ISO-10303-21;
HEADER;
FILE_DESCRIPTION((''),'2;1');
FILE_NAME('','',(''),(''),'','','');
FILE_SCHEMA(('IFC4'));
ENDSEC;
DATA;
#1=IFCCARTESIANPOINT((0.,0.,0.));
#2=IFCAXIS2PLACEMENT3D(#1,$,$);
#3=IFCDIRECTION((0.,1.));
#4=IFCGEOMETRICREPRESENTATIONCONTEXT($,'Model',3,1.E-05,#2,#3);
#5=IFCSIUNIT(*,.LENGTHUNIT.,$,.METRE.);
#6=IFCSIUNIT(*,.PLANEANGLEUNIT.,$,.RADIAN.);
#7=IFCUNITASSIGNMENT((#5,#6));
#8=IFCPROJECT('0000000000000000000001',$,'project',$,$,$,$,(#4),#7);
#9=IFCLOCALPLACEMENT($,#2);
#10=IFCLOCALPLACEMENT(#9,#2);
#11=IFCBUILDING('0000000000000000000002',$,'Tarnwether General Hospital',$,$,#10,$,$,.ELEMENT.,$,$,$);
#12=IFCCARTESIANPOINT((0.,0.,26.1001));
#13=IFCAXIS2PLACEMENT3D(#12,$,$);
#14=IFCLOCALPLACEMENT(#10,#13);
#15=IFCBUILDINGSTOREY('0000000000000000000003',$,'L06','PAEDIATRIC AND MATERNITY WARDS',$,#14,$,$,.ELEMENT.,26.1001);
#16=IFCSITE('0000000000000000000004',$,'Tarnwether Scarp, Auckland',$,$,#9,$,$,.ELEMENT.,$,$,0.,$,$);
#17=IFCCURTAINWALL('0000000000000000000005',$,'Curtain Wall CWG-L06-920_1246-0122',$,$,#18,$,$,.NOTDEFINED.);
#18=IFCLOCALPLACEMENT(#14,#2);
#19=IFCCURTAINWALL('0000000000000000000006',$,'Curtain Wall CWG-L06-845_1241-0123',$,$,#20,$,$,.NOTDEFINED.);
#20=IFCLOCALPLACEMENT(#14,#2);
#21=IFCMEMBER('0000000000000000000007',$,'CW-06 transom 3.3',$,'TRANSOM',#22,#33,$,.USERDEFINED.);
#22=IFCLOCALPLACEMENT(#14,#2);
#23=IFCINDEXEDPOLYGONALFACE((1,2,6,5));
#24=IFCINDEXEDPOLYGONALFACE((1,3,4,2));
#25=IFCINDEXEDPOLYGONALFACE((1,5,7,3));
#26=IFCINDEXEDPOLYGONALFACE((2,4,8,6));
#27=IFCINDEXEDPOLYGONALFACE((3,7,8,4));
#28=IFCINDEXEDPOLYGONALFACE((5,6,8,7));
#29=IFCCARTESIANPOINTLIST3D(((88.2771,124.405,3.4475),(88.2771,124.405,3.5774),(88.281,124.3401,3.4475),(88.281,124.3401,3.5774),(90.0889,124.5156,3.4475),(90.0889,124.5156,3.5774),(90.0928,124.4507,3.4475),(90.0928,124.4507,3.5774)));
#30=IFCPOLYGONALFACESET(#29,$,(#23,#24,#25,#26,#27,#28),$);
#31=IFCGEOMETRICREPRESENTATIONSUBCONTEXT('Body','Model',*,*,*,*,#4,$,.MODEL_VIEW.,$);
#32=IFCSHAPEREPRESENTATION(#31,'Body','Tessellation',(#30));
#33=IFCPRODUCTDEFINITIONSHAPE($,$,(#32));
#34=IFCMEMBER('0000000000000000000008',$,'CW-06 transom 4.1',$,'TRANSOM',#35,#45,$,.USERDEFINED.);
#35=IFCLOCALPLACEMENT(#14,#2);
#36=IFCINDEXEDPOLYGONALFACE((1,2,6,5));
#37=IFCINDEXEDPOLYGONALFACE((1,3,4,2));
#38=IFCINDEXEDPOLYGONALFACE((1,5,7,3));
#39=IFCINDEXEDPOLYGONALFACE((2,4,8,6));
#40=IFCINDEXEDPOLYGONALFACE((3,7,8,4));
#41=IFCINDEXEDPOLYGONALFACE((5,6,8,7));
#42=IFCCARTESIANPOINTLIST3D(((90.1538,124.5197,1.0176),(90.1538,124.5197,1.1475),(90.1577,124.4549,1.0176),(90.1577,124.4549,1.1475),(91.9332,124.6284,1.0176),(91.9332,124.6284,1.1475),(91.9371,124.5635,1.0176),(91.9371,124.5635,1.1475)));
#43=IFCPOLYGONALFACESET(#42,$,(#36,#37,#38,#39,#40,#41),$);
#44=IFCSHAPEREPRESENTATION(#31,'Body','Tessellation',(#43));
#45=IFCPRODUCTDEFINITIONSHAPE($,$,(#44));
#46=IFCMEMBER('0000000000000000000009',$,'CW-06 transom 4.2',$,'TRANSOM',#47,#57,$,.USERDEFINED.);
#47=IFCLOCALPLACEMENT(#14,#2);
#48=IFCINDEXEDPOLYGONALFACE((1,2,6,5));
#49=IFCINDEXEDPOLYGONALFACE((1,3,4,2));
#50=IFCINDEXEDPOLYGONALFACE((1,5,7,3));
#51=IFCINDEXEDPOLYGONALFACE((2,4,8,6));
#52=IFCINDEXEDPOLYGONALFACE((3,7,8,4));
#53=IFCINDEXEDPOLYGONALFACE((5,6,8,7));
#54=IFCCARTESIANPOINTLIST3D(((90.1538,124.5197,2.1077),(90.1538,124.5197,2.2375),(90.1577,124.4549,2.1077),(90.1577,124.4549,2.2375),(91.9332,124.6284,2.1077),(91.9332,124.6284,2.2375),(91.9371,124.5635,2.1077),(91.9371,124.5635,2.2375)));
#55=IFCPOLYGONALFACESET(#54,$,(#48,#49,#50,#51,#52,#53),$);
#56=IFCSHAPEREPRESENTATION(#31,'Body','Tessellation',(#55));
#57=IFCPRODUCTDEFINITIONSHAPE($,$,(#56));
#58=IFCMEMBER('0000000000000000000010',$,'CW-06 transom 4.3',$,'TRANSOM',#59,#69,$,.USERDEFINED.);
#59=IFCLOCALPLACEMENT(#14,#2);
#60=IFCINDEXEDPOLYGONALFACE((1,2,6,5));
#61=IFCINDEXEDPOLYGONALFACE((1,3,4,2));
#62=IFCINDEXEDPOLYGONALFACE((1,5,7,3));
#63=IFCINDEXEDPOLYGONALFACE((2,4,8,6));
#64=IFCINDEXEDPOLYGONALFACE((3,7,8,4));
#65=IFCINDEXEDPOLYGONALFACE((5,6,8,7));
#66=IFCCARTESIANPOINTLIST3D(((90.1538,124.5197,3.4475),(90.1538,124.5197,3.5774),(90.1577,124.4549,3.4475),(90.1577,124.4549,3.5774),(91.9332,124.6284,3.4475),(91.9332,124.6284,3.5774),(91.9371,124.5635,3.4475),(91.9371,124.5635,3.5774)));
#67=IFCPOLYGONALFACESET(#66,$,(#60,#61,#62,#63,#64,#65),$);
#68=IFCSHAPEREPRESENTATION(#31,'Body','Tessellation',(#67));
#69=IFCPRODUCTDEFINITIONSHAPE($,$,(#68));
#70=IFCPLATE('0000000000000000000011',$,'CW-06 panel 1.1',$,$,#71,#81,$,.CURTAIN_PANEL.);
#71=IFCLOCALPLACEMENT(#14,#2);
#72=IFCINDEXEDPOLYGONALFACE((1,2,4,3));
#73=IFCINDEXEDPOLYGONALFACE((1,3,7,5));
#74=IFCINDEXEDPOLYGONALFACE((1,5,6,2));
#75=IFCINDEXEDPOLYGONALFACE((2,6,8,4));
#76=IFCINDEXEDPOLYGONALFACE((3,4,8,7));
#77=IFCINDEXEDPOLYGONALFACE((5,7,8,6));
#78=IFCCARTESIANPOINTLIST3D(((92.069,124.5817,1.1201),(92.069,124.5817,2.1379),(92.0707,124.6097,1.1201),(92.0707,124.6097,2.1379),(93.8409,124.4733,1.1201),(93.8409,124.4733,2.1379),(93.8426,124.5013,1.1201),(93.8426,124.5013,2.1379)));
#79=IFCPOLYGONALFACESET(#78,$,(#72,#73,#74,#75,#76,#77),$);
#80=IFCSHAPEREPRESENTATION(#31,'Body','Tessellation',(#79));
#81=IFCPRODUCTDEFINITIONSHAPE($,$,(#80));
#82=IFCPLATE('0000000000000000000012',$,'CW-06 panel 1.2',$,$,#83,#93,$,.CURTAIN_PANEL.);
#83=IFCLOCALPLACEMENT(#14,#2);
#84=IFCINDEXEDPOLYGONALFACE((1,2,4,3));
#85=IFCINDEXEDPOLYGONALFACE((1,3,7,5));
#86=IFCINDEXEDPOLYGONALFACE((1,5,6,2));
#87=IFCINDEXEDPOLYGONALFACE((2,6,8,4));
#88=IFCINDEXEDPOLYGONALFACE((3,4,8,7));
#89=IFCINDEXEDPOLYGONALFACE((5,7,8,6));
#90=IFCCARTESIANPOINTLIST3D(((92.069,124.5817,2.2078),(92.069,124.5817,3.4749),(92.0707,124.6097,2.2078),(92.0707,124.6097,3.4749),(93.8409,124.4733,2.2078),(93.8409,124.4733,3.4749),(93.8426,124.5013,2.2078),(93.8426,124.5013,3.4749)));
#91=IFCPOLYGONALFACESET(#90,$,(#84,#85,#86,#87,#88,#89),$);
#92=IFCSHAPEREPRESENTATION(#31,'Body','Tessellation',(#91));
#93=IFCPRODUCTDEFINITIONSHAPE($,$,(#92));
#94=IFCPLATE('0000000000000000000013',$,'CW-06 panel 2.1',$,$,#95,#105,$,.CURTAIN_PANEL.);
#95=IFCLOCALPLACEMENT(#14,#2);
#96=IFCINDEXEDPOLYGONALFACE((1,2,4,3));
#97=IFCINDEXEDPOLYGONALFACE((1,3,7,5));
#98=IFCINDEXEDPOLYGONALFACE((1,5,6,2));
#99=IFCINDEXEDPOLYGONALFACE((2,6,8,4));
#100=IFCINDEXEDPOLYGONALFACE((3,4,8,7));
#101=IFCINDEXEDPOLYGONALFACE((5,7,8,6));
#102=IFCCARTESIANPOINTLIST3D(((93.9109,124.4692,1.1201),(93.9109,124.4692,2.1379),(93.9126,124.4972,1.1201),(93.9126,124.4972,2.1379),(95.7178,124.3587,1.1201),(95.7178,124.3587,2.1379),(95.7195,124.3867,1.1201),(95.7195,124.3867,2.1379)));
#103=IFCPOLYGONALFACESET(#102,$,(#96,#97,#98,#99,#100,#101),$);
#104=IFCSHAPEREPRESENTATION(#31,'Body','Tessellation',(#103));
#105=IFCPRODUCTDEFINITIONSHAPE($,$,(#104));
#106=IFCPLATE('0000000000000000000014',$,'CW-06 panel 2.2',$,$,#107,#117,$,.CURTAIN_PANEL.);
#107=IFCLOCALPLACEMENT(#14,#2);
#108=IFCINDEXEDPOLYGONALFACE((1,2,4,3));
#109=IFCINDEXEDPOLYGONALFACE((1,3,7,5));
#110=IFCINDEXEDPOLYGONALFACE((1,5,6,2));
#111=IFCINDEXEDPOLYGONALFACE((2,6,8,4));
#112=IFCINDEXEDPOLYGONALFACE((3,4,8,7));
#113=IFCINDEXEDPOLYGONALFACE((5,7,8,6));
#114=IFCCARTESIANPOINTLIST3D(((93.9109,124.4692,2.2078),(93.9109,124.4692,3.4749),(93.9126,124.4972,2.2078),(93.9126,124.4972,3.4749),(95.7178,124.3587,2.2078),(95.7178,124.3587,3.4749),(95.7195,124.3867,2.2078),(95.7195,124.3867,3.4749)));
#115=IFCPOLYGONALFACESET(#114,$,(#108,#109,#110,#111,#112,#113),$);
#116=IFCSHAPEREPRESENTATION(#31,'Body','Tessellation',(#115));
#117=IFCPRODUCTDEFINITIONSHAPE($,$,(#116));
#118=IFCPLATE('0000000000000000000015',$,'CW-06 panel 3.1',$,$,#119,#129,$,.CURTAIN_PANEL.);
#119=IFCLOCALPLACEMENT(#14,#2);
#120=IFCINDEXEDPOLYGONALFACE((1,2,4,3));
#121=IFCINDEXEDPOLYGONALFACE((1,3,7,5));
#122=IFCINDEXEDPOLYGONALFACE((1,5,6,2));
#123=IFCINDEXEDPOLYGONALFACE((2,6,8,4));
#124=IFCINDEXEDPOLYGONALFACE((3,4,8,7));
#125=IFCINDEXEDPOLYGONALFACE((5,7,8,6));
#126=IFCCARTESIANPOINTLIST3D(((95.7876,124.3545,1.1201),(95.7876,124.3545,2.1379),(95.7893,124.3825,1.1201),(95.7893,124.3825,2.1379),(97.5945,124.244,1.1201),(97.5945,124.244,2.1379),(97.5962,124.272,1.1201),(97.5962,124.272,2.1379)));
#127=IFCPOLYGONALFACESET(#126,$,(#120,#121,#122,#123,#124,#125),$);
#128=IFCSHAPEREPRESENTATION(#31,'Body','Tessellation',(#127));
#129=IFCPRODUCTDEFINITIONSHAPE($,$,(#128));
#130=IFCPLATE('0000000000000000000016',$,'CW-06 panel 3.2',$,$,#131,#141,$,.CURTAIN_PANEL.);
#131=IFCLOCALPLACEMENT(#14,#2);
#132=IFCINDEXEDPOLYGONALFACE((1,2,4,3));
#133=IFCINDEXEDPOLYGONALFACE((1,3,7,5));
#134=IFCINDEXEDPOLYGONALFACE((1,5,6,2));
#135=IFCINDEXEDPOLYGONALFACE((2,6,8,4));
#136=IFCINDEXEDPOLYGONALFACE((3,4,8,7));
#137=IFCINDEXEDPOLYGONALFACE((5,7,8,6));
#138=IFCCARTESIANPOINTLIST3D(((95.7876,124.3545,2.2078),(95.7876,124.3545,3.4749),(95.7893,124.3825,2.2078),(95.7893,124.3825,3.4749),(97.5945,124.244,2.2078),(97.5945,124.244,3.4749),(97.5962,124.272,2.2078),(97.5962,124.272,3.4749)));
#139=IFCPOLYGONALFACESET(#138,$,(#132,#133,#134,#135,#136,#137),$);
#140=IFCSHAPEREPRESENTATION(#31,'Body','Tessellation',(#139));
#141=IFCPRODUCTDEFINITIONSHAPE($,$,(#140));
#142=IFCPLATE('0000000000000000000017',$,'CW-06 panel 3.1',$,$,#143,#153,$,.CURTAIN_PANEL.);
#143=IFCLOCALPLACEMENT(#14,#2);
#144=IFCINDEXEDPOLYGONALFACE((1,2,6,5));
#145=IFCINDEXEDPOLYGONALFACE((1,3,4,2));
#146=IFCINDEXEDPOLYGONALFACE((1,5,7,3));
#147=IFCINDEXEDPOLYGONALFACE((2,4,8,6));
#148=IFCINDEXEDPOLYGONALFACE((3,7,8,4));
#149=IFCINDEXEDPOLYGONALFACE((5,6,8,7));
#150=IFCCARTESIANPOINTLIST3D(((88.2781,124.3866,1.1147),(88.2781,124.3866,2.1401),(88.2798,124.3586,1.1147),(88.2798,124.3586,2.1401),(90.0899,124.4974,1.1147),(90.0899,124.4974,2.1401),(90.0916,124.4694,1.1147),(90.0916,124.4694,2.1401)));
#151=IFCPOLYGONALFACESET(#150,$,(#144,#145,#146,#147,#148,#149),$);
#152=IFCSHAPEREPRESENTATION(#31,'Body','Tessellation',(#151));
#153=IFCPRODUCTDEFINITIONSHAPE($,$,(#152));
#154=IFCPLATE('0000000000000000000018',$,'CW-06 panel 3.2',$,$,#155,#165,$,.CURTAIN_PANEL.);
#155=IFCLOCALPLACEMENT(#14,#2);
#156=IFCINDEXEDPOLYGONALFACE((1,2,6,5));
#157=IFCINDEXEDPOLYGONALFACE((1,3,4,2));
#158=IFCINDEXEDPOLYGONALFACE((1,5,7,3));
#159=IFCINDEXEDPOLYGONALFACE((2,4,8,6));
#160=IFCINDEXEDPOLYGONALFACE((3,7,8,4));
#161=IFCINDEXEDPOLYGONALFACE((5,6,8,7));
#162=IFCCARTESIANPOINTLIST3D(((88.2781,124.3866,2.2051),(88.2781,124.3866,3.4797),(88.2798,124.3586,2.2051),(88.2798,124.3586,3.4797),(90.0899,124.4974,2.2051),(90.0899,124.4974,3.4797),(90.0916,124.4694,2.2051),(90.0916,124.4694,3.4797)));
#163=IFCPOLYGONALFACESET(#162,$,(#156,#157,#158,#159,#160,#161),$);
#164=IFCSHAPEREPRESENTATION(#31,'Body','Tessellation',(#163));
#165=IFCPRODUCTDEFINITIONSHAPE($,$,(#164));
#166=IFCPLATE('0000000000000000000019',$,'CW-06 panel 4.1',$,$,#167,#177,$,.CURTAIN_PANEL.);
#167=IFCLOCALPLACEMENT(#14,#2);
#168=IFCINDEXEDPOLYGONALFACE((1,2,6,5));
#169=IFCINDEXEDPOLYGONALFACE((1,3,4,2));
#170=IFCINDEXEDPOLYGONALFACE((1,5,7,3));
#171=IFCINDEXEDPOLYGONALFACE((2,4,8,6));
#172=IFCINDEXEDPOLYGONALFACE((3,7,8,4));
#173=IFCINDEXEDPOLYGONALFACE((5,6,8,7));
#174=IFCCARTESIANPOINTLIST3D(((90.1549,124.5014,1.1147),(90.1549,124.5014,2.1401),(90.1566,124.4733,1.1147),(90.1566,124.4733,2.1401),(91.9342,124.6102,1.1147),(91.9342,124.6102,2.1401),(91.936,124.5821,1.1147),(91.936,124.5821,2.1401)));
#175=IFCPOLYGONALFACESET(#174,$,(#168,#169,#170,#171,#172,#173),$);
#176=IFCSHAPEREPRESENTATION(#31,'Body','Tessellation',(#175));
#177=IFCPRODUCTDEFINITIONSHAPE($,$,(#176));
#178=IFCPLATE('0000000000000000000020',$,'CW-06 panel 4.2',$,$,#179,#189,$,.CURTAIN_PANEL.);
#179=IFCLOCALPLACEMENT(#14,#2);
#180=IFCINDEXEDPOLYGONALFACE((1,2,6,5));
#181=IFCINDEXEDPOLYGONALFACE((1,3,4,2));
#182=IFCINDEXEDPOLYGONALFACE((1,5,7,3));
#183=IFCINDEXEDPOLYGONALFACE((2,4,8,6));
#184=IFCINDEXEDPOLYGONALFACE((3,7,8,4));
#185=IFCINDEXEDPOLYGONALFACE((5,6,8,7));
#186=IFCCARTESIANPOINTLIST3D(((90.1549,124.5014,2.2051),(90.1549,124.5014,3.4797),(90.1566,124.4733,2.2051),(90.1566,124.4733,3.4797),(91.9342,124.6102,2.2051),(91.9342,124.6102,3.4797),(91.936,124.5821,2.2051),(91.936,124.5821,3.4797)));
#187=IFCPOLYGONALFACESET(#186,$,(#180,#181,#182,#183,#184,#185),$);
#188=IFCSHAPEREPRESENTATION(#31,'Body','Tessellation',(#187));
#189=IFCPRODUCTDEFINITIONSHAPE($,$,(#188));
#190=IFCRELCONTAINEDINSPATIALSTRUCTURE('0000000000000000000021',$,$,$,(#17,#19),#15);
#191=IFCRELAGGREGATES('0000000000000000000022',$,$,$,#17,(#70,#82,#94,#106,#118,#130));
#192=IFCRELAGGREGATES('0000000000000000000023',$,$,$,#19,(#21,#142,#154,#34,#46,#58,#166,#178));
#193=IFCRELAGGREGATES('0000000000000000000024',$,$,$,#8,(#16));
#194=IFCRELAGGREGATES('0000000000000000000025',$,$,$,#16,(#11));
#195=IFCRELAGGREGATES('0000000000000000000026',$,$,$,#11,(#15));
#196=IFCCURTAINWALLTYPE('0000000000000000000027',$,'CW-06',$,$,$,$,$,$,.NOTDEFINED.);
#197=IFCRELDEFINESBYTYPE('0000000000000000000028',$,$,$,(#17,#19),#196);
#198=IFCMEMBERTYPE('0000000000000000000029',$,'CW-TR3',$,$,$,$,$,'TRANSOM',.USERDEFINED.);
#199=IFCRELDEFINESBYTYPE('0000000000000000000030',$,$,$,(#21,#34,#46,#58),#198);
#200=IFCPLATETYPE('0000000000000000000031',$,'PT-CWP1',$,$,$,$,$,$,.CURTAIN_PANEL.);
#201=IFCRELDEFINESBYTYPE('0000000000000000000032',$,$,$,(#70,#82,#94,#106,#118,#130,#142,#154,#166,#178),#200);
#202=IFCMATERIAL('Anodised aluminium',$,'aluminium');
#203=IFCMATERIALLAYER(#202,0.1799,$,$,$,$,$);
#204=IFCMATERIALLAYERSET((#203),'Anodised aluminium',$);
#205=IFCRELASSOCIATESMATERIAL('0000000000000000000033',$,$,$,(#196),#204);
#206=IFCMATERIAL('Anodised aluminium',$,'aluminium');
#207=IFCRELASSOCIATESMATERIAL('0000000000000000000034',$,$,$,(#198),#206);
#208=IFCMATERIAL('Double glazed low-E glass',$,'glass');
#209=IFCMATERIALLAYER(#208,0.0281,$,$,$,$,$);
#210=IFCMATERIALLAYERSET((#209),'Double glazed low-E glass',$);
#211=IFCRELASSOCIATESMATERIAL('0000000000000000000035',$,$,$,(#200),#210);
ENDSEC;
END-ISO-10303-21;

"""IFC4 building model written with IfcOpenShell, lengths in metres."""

from ifc_helpers import new_model, si_unit, direction, frame, origin, origin_2d, place, context, subcontext, project, spatial, rectangle, extrude, material, layer, layer_set, material_profile, profile_set, type_object, element, aggregate, save


model = new_model("IFC4")

# Units and contexts
model_context = context("Model", 3, precision=1e-05, world=origin(), true_north=direction((0.0, 1.0)))
body_context = subcontext(model_context, "Body", "Model", "MODEL_VIEW")
ifc_project = project(units=[si_unit("LENGTHUNIT", "METRE"), si_unit("PLANEANGLEUNIT", "RADIAN")], contexts=[model_context])

# Site, building, storey
site_placement = place(None, origin())
site = spatial("IfcSite", under=ifc_project, at=site_placement, Name="Tarnwether Scarp, Auckland", CompositionType="ELEMENT", RefElevation=0.0)
building_placement = place(site_placement, origin())
building = spatial("IfcBuilding", under=site, at=building_placement, Name="Tarnwether General Hospital", CompositionType="ELEMENT")
storey_placement = place(building_placement, frame((0.0, 0.0, 26.1001)))
storey = spatial("IfcBuildingStorey", under=building, at=storey_placement, Name="L06", Description="PAEDIATRIC AND MATERNITY WARDS", CompositionType="ELEMENT", Elevation=26.1001)

# Curtain walls
ifc_material_1 = material(Name="Anodised aluminium", Category="aluminium")
ifc_layer_1 = layer(ifc_material_1, 0.1799)
ifc_layer_set_1 = layer_set([ifc_layer_1], Name="Anodised aluminium")
curtain_wall_type = type_object("IfcCurtainWallType", Name="CW-06", PredefinedType="NOTDEFINED", material=ifc_layer_set_1)
curtain_wall_1_placement = place(storey_placement, origin())
curtain_wall_1 = element("IfcCurtainWall", 1, at=curtain_wall_1_placement, inside=storey, type_object=curtain_wall_type, Name="Curtain Wall CWG-L06-920_1246-0122", PredefinedType="NOTDEFINED")
curtain_wall_2_placement = place(storey_placement, origin())
curtain_wall_2 = element("IfcCurtainWall", 2, at=curtain_wall_2_placement, inside=storey, type_object=curtain_wall_type, Name="Curtain Wall CWG-L06-845_1241-0123", PredefinedType="NOTDEFINED")

# Members
ifc_material_2 = material(Name="Anodised aluminium", Category="aluminium")
ifc_material_profile_1 = material_profile(ifc_material_2, rectangle(XDim=0.0649, YDim=0.1299, at=origin_2d()), Name="ALU-TRN-65x130")
ifc_profile_set_1 = profile_set([ifc_material_profile_1], Name="Anodised aluminium")
member_type_1 = type_object("IfcMemberType", Name="CW-TR3", ElementType="TRANSOM", PredefinedType="USERDEFINED", material=ifc_profile_set_1)
member_1_placement = place(storey_placement, frame((88.2791, 124.3726, 3.5125), z_axis=(0.998142, 0.06093, 0.0), x_axis=(-0.06093, 0.998142, 0.0)))
member_1 = element("IfcMember", 3, at=member_1_placement, type_object=member_type_1, Name="CW-06 transom 3.3", ObjectType="TRANSOM", PredefinedType="USERDEFINED", context=body_context, shape_type="SweptSolid", body=[
    extrude(rectangle(XDim=0.0649, YDim=0.1299, at=origin_2d()), origin(), (0.0, 0.0, 1.0), 1.8152),
])
member_2_placement = place(storey_placement, frame((90.1558, 124.4873, 1.0825), z_axis=(0.998141, 0.060946, 0.0), x_axis=(-0.060946, 0.998141, 0.0)))
member_2 = element("IfcMember", 4, at=member_2_placement, type_object=member_type_1, Name="CW-06 transom 4.1", ObjectType="TRANSOM", PredefinedType="USERDEFINED", context=body_context, shape_type="SweptSolid", body=[
    extrude(rectangle(XDim=0.0649, YDim=0.1299, at=origin_2d()), origin(), (0.0, 0.0, 1.0), 1.7827),
])
member_3_placement = place(storey_placement, frame((90.1558, 124.4873, 2.1726), z_axis=(0.998141, 0.060946, 0.0), x_axis=(-0.060946, 0.998141, 0.0)))
member_3 = element("IfcMember", 5, at=member_3_placement, type_object=member_type_1, Name="CW-06 transom 4.2", ObjectType="TRANSOM", PredefinedType="USERDEFINED", context=body_context, shape_type="SweptSolid", body=[
    extrude(rectangle(XDim=0.0649, YDim=0.1299, at=origin_2d()), origin(), (0.0, 0.0, 1.0), 1.7827),
])
member_4_placement = place(storey_placement, frame((90.1558, 124.4873, 3.5125), z_axis=(0.998141, 0.060946, 0.0), x_axis=(-0.060946, 0.998141, 0.0)))
member_4 = element("IfcMember", 6, at=member_4_placement, type_object=member_type_1, Name="CW-06 transom 4.3", ObjectType="TRANSOM", PredefinedType="USERDEFINED", context=body_context, shape_type="SweptSolid", body=[
    extrude(rectangle(XDim=0.0649, YDim=0.1299, at=origin_2d()), origin(), (0.0, 0.0, 1.0), 1.7827),
])

# Plates
ifc_material_3 = material(Name="Double glazed low-E glass", Category="glass")
ifc_layer_2 = layer(ifc_material_3, 0.0281)
ifc_layer_set_2 = layer_set([ifc_layer_2], Name="Double glazed low-E glass")
plate_type = type_object("IfcPlateType", Name="PT-CWP1", PredefinedType="CURTAIN_PANEL", material=ifc_layer_set_2)
plate_1_placement = place(storey_placement, frame((92.9558, 124.5415, 1.1201), z_axis=(0.0, 0.0, 1.0), x_axis=(0.998136, -0.061029, 0.0)))
plate_1 = element("IfcPlate", 7, at=plate_1_placement, type_object=plate_type, Name="CW-06 panel 1.1", PredefinedType="CURTAIN_PANEL", context=body_context, shape_type="SweptSolid", body=[
    extrude(rectangle(XDim=1.7751, YDim=0.0281, at=origin_2d()), origin(), (0.0, 0.0, 1.0), 1.0178),
])
plate_2_placement = place(storey_placement, frame((92.9558, 124.5415, 2.2078), z_axis=(0.0, 0.0, 1.0), x_axis=(0.998136, -0.061029, 0.0)))
plate_2 = element("IfcPlate", 8, at=plate_2_placement, type_object=plate_type, Name="CW-06 panel 1.2", PredefinedType="CURTAIN_PANEL", context=body_context, shape_type="SweptSolid", body=[
    extrude(rectangle(XDim=1.7751, YDim=0.0281, at=origin_2d()), origin(), (0.0, 0.0, 1.0), 1.2671),
])
plate_3_placement = place(storey_placement, frame((94.8152, 124.428, 1.1201), z_axis=(0.0, 0.0, 1.0), x_axis=(0.998136, -0.061029, 0.0)))
plate_3 = element("IfcPlate", 9, at=plate_3_placement, type_object=plate_type, Name="CW-06 panel 2.1", PredefinedType="CURTAIN_PANEL", context=body_context, shape_type="SweptSolid", body=[
    extrude(rectangle(XDim=1.8103, YDim=0.0281, at=origin_2d()), origin(), (0.0, 0.0, 1.0), 1.0178),
])
plate_4_placement = place(storey_placement, frame((94.8152, 124.428, 2.2078), z_axis=(0.0, 0.0, 1.0), x_axis=(0.998136, -0.061029, 0.0)))
plate_4 = element("IfcPlate", 10, at=plate_4_placement, type_object=plate_type, Name="CW-06 panel 2.2", PredefinedType="CURTAIN_PANEL", context=body_context, shape_type="SweptSolid", body=[
    extrude(rectangle(XDim=1.8103, YDim=0.0281, at=origin_2d()), origin(), (0.0, 0.0, 1.0), 1.2671),
])
plate_5_placement = place(storey_placement, frame((96.6919, 124.3132, 1.1201), z_axis=(0.0, 0.0, 1.0), x_axis=(0.998136, -0.061029, 0.0)))
plate_5 = element("IfcPlate", 11, at=plate_5_placement, type_object=plate_type, Name="CW-06 panel 3.1", PredefinedType="CURTAIN_PANEL", context=body_context, shape_type="SweptSolid", body=[
    extrude(rectangle(XDim=1.8103, YDim=0.0281, at=origin_2d()), origin(), (0.0, 0.0, 1.0), 1.0178),
])
plate_6_placement = place(storey_placement, frame((96.6919, 124.3132, 2.2078), z_axis=(0.0, 0.0, 1.0), x_axis=(0.998136, -0.061029, 0.0)))
plate_6 = element("IfcPlate", 12, at=plate_6_placement, type_object=plate_type, Name="CW-06 panel 3.2", PredefinedType="CURTAIN_PANEL", context=body_context, shape_type="SweptSolid", body=[
    extrude(rectangle(XDim=1.8103, YDim=0.0281, at=origin_2d()), origin(), (0.0, 0.0, 1.0), 1.2671),
])
aggregate(curtain_wall_1, [plate_1, plate_2, plate_3, plate_4, plate_5, plate_6])
plate_7_placement = place(storey_placement, frame((89.1848, 124.428, 1.1147), z_axis=(0.0, 0.0, 1.0), x_axis=(0.998136, 0.061029, 0.0)))
plate_7 = element("IfcPlate", 13, at=plate_7_placement, type_object=plate_type, Name="CW-06 panel 3.1", PredefinedType="CURTAIN_PANEL", context=body_context, shape_type="SweptSolid", body=[
    extrude(rectangle(XDim=1.8152, YDim=0.0281, at=origin_2d()), origin(), (0.0, 0.0, 1.0), 1.0254),
])
plate_8_placement = place(storey_placement, frame((89.1848, 124.428, 2.2051), z_axis=(0.0, 0.0, 1.0), x_axis=(0.998136, 0.061029, 0.0)))
plate_8 = element("IfcPlate", 14, at=plate_8_placement, type_object=plate_type, Name="CW-06 panel 3.2", PredefinedType="CURTAIN_PANEL", context=body_context, shape_type="SweptSolid", body=[
    extrude(rectangle(XDim=1.8152, YDim=0.0281, at=origin_2d()), origin(), (0.0, 0.0, 1.0), 1.2747),
])
plate_9_placement = place(storey_placement, frame((91.0454, 124.5417, 1.1147), z_axis=(0.0, 0.0, 1.0), x_axis=(0.998136, 0.061029, 0.0)))
plate_9 = element("IfcPlate", 15, at=plate_9_placement, type_object=plate_type, Name="CW-06 panel 4.1", PredefinedType="CURTAIN_PANEL", context=body_context, shape_type="SweptSolid", body=[
    extrude(rectangle(XDim=1.7827, YDim=0.0281, at=origin_2d()), origin(), (0.0, 0.0, 1.0), 1.0254),
])
plate_10_placement = place(storey_placement, frame((91.0454, 124.5417, 2.2051), z_axis=(0.0, 0.0, 1.0), x_axis=(0.998136, 0.061029, 0.0)))
plate_10 = element("IfcPlate", 16, at=plate_10_placement, type_object=plate_type, Name="CW-06 panel 4.2", PredefinedType="CURTAIN_PANEL", context=body_context, shape_type="SweptSolid", body=[
    extrude(rectangle(XDim=1.7827, YDim=0.0281, at=origin_2d()), origin(), (0.0, 0.0, 1.0), 1.2747),
])
aggregate(curtain_wall_2, [member_1, plate_7, plate_8, member_2, member_3, member_4, plate_9, plate_10])

save(model, "model.ifc")
